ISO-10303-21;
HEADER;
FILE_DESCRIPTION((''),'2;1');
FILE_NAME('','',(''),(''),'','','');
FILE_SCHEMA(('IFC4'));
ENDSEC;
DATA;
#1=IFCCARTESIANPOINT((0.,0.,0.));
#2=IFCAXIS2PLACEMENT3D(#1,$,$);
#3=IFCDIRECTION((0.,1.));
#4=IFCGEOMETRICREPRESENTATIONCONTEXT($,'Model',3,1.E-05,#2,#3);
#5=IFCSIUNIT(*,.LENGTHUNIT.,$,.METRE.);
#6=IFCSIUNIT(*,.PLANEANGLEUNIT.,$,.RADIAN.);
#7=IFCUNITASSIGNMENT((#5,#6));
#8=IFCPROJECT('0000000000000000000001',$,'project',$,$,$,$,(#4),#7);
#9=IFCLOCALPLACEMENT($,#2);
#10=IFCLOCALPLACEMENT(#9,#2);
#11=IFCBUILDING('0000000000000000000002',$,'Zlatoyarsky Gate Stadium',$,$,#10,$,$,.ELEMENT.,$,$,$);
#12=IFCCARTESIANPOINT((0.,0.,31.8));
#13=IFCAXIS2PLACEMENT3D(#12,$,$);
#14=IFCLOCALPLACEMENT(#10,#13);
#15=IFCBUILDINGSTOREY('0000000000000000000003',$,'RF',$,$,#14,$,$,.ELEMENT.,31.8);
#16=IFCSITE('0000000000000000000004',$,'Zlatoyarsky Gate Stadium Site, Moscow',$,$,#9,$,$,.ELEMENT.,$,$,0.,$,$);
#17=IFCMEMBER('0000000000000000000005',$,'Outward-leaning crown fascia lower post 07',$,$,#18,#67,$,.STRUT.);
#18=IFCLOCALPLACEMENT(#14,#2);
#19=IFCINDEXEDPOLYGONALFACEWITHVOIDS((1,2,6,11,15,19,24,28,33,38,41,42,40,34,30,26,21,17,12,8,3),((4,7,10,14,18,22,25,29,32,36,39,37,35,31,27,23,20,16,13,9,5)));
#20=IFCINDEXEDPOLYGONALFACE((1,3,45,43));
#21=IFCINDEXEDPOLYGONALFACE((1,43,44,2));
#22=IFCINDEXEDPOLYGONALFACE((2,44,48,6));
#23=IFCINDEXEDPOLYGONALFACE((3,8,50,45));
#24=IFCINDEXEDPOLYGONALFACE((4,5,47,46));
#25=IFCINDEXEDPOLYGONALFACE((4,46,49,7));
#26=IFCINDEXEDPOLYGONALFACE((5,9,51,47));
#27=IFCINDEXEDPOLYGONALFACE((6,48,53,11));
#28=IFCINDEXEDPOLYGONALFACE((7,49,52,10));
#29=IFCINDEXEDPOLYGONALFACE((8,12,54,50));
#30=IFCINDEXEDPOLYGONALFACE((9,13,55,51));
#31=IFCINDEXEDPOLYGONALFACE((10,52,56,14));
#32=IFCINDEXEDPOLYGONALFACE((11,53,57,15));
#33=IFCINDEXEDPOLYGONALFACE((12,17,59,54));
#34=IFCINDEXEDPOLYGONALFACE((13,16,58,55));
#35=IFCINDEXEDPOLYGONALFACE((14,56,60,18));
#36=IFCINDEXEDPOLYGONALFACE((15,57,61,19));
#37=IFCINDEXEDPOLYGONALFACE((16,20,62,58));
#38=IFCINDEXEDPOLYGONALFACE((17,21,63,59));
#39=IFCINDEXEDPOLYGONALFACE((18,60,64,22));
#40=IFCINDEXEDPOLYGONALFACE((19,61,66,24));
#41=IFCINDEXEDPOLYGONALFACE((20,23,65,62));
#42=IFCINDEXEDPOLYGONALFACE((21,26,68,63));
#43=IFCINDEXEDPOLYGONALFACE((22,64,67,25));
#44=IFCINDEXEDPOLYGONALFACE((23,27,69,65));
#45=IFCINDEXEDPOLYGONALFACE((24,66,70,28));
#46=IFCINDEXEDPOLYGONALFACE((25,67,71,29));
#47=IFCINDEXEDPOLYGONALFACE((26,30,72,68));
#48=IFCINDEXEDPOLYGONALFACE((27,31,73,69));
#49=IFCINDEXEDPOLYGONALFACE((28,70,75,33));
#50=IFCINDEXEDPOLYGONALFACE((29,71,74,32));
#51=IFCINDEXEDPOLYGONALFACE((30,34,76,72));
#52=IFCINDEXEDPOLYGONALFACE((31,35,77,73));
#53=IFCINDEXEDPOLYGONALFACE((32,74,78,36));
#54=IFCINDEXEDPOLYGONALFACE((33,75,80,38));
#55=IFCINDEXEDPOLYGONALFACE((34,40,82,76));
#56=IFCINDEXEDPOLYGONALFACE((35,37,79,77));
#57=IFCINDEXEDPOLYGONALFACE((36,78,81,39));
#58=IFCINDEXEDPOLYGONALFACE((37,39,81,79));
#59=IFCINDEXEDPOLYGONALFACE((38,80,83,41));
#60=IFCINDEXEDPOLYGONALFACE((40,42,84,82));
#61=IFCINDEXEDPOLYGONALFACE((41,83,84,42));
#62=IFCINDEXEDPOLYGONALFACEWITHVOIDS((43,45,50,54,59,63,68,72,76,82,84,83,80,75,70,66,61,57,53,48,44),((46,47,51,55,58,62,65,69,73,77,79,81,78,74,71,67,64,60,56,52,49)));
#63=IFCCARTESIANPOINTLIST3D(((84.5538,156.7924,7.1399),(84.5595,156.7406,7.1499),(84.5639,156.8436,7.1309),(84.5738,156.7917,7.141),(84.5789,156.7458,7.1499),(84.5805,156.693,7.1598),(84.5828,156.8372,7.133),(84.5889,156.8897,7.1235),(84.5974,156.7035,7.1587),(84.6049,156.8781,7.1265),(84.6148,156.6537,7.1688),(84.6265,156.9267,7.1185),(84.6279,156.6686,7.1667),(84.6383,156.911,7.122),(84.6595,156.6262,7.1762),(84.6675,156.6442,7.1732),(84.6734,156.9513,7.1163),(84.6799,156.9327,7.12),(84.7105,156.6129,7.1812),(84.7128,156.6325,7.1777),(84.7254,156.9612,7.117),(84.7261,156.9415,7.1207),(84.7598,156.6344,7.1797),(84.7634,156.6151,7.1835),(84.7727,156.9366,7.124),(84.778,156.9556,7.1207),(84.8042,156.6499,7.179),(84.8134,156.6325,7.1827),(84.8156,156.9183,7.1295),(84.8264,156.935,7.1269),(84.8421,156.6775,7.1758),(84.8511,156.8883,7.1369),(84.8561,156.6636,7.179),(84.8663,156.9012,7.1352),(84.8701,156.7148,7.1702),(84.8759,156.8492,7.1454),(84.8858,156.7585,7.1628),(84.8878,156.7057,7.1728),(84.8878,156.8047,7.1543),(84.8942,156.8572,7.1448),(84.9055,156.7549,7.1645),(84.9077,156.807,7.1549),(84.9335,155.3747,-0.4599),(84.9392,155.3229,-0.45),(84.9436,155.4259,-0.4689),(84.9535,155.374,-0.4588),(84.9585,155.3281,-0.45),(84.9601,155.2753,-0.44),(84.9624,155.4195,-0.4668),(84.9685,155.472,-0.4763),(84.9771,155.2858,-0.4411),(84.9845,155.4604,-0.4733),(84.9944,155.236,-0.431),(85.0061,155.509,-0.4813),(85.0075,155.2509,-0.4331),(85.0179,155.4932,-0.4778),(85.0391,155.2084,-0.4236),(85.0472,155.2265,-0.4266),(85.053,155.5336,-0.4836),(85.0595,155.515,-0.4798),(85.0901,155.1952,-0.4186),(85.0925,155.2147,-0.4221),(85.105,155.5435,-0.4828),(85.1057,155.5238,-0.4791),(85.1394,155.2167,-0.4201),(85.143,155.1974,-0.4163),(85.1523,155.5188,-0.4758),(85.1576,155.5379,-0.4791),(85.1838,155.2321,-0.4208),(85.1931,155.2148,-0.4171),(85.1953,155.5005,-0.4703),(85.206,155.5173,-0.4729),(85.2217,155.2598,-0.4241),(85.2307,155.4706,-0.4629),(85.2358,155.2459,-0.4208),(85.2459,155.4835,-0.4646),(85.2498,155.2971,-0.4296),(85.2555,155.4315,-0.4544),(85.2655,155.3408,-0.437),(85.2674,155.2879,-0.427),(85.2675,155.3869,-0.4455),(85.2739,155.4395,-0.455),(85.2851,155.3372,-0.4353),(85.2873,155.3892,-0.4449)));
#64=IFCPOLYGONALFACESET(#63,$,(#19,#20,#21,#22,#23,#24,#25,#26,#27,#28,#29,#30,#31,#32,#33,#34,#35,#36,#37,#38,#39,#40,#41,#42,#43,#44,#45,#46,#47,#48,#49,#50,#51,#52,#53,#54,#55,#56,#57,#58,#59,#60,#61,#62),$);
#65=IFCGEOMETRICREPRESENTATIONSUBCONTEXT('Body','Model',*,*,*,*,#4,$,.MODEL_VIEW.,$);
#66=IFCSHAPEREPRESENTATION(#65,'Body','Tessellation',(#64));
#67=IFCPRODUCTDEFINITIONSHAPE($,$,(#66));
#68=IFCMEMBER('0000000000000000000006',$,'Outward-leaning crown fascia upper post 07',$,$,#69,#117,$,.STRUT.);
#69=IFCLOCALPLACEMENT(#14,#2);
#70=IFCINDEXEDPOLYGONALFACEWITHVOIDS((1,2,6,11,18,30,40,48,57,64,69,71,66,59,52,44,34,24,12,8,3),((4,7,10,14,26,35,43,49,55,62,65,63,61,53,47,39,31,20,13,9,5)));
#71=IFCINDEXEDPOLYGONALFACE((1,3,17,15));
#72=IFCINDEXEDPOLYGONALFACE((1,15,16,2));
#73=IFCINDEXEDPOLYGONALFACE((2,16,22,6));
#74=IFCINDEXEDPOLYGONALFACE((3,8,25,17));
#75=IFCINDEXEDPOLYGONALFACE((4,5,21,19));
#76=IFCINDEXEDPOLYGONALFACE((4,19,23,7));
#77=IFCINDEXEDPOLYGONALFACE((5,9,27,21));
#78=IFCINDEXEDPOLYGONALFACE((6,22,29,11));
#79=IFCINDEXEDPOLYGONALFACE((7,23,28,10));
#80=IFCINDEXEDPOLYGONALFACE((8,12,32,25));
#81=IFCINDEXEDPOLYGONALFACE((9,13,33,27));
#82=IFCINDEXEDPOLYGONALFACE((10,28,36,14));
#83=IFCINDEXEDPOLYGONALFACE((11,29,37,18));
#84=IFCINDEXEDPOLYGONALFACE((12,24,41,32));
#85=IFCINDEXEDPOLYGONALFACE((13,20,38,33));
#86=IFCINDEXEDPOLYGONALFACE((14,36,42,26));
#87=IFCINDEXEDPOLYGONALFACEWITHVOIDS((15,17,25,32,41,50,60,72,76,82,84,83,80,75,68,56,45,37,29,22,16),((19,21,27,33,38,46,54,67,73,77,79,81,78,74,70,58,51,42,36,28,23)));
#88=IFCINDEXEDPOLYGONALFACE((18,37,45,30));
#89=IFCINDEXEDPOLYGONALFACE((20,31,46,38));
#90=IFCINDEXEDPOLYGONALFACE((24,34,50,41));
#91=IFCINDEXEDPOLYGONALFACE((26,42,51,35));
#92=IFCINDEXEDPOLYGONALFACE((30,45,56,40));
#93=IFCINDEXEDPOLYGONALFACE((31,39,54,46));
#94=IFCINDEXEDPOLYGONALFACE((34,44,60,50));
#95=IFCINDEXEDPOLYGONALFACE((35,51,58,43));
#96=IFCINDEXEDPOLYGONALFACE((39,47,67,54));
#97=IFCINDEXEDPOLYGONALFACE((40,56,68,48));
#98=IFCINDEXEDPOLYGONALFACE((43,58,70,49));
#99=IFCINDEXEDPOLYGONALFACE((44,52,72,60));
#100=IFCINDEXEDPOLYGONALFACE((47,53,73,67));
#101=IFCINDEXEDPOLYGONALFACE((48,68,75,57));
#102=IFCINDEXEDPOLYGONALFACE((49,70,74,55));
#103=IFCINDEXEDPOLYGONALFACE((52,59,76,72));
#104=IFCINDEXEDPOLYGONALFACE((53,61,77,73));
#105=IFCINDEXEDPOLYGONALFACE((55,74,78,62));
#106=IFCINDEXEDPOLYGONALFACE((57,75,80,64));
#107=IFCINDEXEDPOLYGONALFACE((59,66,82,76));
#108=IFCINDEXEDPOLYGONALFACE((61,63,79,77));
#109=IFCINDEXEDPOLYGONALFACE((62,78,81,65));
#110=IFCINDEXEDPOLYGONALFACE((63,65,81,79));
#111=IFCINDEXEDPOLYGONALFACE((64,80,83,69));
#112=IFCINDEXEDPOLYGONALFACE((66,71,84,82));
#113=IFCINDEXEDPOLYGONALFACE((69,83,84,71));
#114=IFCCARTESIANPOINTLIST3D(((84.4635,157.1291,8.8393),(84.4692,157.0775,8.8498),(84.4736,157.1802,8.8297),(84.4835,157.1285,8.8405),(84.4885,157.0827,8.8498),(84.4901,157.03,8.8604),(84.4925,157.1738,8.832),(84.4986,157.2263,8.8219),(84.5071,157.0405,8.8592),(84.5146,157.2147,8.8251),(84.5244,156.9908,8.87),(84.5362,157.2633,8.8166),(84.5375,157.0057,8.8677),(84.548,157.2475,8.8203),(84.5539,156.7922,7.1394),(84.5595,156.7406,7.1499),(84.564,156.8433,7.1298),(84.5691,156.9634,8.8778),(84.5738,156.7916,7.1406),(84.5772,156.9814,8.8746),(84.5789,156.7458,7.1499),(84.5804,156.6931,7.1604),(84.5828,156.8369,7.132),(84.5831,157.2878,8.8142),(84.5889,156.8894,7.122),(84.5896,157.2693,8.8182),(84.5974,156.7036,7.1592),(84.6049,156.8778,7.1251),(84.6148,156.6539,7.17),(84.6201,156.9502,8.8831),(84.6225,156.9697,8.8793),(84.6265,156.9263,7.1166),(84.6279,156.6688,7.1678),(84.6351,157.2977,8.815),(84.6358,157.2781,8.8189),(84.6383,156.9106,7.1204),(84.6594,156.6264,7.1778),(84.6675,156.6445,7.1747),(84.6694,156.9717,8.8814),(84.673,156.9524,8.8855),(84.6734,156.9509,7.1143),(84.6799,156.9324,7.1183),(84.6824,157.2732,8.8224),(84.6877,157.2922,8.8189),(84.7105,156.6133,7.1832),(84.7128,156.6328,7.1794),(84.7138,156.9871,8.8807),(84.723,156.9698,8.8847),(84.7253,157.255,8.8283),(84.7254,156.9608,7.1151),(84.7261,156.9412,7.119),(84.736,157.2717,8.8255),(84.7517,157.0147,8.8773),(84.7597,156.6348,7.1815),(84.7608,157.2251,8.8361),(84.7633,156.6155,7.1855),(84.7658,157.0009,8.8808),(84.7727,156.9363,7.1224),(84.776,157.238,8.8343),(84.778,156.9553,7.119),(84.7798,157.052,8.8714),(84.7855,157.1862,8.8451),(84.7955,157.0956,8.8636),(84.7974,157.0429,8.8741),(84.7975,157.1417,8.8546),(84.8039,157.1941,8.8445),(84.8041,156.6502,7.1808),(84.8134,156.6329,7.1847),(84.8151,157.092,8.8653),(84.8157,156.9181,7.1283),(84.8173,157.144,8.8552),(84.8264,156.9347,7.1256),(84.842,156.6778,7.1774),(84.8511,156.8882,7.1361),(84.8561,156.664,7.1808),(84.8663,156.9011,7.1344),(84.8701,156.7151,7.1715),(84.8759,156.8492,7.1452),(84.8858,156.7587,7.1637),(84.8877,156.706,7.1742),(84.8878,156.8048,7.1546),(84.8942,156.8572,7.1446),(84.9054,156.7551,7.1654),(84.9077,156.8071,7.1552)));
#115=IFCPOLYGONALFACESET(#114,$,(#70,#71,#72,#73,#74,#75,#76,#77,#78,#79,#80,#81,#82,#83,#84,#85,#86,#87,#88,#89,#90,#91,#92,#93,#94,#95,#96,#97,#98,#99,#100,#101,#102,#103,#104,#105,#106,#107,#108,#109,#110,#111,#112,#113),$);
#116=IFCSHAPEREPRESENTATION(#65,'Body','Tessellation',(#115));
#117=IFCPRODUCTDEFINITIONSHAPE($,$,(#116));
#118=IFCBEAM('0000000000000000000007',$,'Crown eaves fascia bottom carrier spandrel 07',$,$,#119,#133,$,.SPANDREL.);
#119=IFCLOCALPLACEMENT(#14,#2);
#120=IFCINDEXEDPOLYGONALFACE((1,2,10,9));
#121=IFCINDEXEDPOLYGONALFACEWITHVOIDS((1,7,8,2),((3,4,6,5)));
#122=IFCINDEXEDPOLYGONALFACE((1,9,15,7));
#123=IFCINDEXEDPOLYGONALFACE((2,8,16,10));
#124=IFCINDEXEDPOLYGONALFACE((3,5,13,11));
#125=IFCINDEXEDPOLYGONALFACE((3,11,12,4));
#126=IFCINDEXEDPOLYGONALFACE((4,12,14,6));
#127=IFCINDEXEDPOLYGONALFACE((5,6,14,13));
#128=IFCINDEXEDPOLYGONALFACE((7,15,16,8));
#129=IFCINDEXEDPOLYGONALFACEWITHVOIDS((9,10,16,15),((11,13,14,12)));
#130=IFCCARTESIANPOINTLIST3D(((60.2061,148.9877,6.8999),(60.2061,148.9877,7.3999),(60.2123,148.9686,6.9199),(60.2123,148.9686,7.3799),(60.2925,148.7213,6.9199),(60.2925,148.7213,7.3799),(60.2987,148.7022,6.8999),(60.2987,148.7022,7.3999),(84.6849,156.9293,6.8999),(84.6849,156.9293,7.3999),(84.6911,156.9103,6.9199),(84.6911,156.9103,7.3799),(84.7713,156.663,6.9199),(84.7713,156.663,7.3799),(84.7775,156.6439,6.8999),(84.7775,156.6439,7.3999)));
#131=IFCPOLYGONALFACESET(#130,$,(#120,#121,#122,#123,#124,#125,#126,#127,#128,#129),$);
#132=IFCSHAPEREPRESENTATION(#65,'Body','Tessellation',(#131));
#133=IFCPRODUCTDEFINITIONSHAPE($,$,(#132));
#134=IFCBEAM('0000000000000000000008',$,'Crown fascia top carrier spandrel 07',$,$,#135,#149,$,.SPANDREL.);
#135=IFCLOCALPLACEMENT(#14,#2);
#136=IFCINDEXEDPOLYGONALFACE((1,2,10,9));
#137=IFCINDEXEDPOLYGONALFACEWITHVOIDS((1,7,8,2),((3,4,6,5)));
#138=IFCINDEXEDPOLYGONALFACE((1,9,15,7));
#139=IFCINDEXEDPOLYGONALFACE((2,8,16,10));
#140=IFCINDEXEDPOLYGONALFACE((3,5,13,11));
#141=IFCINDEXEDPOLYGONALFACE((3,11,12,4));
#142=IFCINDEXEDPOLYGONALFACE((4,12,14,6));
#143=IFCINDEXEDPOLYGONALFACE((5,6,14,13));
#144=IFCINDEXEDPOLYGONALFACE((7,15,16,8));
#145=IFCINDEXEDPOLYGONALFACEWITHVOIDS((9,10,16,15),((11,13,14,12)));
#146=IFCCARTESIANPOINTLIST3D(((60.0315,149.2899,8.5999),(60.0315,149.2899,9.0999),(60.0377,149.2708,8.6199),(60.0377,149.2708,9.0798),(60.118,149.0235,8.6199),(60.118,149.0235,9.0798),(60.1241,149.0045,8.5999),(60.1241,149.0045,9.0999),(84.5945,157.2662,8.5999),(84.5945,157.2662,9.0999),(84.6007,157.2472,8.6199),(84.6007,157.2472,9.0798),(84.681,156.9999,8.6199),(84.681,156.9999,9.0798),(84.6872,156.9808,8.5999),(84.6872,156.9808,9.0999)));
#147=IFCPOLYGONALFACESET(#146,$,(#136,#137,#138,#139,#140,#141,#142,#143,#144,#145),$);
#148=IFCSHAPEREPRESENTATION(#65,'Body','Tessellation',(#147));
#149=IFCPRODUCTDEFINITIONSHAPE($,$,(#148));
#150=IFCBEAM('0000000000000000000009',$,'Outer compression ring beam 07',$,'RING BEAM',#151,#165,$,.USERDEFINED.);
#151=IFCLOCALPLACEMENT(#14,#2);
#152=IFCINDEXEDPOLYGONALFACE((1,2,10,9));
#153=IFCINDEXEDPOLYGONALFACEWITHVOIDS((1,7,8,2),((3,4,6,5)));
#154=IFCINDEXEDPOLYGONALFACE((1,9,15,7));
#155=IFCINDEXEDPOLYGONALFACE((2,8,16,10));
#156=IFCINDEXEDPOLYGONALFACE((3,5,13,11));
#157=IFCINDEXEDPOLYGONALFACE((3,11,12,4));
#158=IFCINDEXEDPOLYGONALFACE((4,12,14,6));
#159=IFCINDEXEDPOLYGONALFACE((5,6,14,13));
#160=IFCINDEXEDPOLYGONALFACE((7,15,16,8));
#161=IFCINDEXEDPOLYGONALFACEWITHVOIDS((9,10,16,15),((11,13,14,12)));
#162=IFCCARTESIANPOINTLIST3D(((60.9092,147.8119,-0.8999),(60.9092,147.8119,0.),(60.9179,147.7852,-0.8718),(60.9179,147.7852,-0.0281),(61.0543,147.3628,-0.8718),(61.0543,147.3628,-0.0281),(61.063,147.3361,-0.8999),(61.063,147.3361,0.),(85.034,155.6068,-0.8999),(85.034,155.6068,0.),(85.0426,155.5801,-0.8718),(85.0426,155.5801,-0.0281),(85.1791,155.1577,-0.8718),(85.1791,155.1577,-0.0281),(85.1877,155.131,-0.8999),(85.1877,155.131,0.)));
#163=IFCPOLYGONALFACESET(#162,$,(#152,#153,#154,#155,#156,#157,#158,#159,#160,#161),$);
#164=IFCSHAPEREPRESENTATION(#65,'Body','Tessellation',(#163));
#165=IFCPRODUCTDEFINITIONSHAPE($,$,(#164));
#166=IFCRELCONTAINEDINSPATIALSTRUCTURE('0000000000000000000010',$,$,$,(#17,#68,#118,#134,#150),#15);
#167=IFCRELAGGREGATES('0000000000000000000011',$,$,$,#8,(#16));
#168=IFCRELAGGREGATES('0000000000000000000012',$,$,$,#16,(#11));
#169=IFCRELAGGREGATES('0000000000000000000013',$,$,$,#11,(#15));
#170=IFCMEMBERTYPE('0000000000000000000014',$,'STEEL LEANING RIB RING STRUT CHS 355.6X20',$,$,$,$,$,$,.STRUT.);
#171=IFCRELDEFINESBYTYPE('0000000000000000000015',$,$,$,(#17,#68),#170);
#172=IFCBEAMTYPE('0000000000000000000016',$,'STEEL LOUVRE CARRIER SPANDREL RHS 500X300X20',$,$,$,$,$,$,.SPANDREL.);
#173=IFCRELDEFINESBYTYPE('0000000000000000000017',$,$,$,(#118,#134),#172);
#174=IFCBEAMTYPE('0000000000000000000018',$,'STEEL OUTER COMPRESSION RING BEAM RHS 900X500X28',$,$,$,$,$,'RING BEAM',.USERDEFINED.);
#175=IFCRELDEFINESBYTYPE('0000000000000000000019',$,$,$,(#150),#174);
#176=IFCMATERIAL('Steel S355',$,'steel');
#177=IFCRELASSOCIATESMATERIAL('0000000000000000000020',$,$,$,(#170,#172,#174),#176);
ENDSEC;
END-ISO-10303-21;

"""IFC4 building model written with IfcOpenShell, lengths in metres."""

from ifc_helpers import new_model, si_unit, direction, frame, origin, origin_2d, place, context, subcontext, project, spatial, hollow_rectangle, hollow_circle, extrude, material, material_profile, profile_set, type_object, element, save


model = new_model("IFC4")

# Units and contexts
model_context = context("Model", 3, precision=1e-05, world=origin(), true_north=direction((0.0, 1.0)))
body_context = subcontext(model_context, "Body", "Model", "MODEL_VIEW")
ifc_project = project(units=[si_unit("LENGTHUNIT", "METRE"), si_unit("PLANEANGLEUNIT", "RADIAN")], contexts=[model_context])

# Site, building, storey
site_placement = place(None, origin())
site = spatial("IfcSite", under=ifc_project, at=site_placement, Name="Zlatoyarsky Gate Stadium Site, Moscow", CompositionType="ELEMENT", RefElevation=0.0)
building_placement = place(site_placement, origin())
building = spatial("IfcBuilding", under=site, at=building_placement, Name="Zlatoyarsky Gate Stadium", CompositionType="ELEMENT")
storey_placement = place(building_placement, frame((0.0, 0.0, 31.8)))
storey = spatial("IfcBuildingStorey", under=building, at=storey_placement, Name="RF", CompositionType="ELEMENT", Elevation=31.8)

# Members
ifc_material_1 = material(Name="Steel S355", Category="steel")
ifc_material_profile_1 = material_profile(ifc_material_1, hollow_circle(Radius=0.1777, WallThickness=0.02, at=origin_2d()), Name="CHS 355.6X20")
ifc_profile_set_1 = profile_set([ifc_material_profile_1], Name="Steel S355")
member_type_1 = type_object("IfcMemberType", Name="STEEL LEANING RIB RING STRUT CHS 355.6X20", PredefinedType="STRUT", material=ifc_profile_set_1)
member_1_placement = place(storey_placement, frame((85.1108, 155.3689, -0.45), z_axis=(-0.049047, 0.183162, 0.981858), x_axis=(-0.965967, -0.258667, 0.0)))
element("IfcMember", 1, at=member_1_placement, inside=storey, type_object=member_type_1, Name="Outward-leaning crown fascia lower post 07", PredefinedType="STRUT", context=body_context, shape_type="SweptSolid", body=[
    extrude(hollow_circle(Radius=0.1777, WallThickness=0.02, at=origin_2d()), origin(), (0.0, 0.0, 1.0), 7.7402),
])
member_2_placement = place(storey_placement, frame((84.7312, 156.7866, 7.1499), z_axis=(-0.052054, 0.194146, 0.979591), x_axis=(-0.965886, -0.258969, 0.0)))
element("IfcMember", 2, at=member_2_placement, inside=storey, type_object=member_type_1, Name="Outward-leaning crown fascia upper post 07", PredefinedType="STRUT", context=body_context, shape_type="SweptSolid", body=[
    extrude(hollow_circle(Radius=0.1777, WallThickness=0.02, at=origin_2d()), origin(), (0.0, 0.0, 1.0), 1.7354),
])

# Beams
ifc_material_profile_2 = material_profile(ifc_material_1, hollow_rectangle(XDim=0.3, YDim=0.5, WallThickness=0.02, at=origin_2d()), Name="RHS 500X300X20")
ifc_profile_set_2 = profile_set([ifc_material_profile_2], Name="Steel S355")
beam_type_1 = type_object("IfcBeamType", Name="STEEL LOUVRE CARRIER SPANDREL RHS 500X300X20", PredefinedType="SPANDREL", material=ifc_profile_set_2)
beam_1_placement = place(storey_placement, frame((84.7312, 156.7866, 7.1499), z_axis=(-0.951193, -0.308596, 0.0), x_axis=(0.308596, -0.951193, 0.0)))
element("IfcBeam", 3, at=beam_1_placement, inside=storey, type_object=beam_type_1, Name="Crown eaves fascia bottom carrier spandrel 07", PredefinedType="SPANDREL", context=body_context, shape_type="SweptSolid", body=[
    extrude(hollow_rectangle(XDim=0.3, YDim=0.5, WallThickness=0.02, at=origin_2d()), origin(), (0.0, 0.0, 1.0), 25.7349),
])
beam_2_placement = place(storey_placement, frame((84.6409, 157.1235, 8.8499), z_axis=(-0.95111, -0.308853, 0.0), x_axis=(0.308853, -0.95111, 0.0)))
element("IfcBeam", 4, at=beam_2_placement, inside=storey, type_object=beam_type_1, Name="Crown fascia top carrier spandrel 07", PredefinedType="SPANDREL", context=body_context, shape_type="SweptSolid", body=[
    extrude(hollow_rectangle(XDim=0.3, YDim=0.5, WallThickness=0.02, at=origin_2d()), origin(), (0.0, 0.0, 1.0), 25.8257),
])
ifc_material_profile_3 = material_profile(ifc_material_1, hollow_rectangle(XDim=0.5, YDim=0.8999, WallThickness=0.0281, at=origin_2d()), Name="RHS 900X500X28")
ifc_profile_set_3 = profile_set([ifc_material_profile_3], Name="Steel S355")
beam_type_2 = type_object("IfcBeamType", Name="STEEL OUTER COMPRESSION RING BEAM RHS 900X500X28", ElementType="RING BEAM", PredefinedType="USERDEFINED", material=ifc_profile_set_3)
beam_3_placement = place(storey_placement, frame((85.1108, 155.3689, -0.45), z_axis=(-0.951562, -0.307458, 0.0), x_axis=(0.307458, -0.951562, 0.0)))
element("IfcBeam", 5, at=beam_3_placement, inside=storey, type_object=beam_type_2, Name="Outer compression ring beam 07", ObjectType="RING BEAM", PredefinedType="USERDEFINED", context=body_context, shape_type="SweptSolid", body=[
    extrude(hollow_rectangle(XDim=0.5, YDim=0.8999, WallThickness=0.0281, at=origin_2d()), origin(), (0.0, 0.0, 1.0), 25.3528),
])

save(model, "model.ifc")
